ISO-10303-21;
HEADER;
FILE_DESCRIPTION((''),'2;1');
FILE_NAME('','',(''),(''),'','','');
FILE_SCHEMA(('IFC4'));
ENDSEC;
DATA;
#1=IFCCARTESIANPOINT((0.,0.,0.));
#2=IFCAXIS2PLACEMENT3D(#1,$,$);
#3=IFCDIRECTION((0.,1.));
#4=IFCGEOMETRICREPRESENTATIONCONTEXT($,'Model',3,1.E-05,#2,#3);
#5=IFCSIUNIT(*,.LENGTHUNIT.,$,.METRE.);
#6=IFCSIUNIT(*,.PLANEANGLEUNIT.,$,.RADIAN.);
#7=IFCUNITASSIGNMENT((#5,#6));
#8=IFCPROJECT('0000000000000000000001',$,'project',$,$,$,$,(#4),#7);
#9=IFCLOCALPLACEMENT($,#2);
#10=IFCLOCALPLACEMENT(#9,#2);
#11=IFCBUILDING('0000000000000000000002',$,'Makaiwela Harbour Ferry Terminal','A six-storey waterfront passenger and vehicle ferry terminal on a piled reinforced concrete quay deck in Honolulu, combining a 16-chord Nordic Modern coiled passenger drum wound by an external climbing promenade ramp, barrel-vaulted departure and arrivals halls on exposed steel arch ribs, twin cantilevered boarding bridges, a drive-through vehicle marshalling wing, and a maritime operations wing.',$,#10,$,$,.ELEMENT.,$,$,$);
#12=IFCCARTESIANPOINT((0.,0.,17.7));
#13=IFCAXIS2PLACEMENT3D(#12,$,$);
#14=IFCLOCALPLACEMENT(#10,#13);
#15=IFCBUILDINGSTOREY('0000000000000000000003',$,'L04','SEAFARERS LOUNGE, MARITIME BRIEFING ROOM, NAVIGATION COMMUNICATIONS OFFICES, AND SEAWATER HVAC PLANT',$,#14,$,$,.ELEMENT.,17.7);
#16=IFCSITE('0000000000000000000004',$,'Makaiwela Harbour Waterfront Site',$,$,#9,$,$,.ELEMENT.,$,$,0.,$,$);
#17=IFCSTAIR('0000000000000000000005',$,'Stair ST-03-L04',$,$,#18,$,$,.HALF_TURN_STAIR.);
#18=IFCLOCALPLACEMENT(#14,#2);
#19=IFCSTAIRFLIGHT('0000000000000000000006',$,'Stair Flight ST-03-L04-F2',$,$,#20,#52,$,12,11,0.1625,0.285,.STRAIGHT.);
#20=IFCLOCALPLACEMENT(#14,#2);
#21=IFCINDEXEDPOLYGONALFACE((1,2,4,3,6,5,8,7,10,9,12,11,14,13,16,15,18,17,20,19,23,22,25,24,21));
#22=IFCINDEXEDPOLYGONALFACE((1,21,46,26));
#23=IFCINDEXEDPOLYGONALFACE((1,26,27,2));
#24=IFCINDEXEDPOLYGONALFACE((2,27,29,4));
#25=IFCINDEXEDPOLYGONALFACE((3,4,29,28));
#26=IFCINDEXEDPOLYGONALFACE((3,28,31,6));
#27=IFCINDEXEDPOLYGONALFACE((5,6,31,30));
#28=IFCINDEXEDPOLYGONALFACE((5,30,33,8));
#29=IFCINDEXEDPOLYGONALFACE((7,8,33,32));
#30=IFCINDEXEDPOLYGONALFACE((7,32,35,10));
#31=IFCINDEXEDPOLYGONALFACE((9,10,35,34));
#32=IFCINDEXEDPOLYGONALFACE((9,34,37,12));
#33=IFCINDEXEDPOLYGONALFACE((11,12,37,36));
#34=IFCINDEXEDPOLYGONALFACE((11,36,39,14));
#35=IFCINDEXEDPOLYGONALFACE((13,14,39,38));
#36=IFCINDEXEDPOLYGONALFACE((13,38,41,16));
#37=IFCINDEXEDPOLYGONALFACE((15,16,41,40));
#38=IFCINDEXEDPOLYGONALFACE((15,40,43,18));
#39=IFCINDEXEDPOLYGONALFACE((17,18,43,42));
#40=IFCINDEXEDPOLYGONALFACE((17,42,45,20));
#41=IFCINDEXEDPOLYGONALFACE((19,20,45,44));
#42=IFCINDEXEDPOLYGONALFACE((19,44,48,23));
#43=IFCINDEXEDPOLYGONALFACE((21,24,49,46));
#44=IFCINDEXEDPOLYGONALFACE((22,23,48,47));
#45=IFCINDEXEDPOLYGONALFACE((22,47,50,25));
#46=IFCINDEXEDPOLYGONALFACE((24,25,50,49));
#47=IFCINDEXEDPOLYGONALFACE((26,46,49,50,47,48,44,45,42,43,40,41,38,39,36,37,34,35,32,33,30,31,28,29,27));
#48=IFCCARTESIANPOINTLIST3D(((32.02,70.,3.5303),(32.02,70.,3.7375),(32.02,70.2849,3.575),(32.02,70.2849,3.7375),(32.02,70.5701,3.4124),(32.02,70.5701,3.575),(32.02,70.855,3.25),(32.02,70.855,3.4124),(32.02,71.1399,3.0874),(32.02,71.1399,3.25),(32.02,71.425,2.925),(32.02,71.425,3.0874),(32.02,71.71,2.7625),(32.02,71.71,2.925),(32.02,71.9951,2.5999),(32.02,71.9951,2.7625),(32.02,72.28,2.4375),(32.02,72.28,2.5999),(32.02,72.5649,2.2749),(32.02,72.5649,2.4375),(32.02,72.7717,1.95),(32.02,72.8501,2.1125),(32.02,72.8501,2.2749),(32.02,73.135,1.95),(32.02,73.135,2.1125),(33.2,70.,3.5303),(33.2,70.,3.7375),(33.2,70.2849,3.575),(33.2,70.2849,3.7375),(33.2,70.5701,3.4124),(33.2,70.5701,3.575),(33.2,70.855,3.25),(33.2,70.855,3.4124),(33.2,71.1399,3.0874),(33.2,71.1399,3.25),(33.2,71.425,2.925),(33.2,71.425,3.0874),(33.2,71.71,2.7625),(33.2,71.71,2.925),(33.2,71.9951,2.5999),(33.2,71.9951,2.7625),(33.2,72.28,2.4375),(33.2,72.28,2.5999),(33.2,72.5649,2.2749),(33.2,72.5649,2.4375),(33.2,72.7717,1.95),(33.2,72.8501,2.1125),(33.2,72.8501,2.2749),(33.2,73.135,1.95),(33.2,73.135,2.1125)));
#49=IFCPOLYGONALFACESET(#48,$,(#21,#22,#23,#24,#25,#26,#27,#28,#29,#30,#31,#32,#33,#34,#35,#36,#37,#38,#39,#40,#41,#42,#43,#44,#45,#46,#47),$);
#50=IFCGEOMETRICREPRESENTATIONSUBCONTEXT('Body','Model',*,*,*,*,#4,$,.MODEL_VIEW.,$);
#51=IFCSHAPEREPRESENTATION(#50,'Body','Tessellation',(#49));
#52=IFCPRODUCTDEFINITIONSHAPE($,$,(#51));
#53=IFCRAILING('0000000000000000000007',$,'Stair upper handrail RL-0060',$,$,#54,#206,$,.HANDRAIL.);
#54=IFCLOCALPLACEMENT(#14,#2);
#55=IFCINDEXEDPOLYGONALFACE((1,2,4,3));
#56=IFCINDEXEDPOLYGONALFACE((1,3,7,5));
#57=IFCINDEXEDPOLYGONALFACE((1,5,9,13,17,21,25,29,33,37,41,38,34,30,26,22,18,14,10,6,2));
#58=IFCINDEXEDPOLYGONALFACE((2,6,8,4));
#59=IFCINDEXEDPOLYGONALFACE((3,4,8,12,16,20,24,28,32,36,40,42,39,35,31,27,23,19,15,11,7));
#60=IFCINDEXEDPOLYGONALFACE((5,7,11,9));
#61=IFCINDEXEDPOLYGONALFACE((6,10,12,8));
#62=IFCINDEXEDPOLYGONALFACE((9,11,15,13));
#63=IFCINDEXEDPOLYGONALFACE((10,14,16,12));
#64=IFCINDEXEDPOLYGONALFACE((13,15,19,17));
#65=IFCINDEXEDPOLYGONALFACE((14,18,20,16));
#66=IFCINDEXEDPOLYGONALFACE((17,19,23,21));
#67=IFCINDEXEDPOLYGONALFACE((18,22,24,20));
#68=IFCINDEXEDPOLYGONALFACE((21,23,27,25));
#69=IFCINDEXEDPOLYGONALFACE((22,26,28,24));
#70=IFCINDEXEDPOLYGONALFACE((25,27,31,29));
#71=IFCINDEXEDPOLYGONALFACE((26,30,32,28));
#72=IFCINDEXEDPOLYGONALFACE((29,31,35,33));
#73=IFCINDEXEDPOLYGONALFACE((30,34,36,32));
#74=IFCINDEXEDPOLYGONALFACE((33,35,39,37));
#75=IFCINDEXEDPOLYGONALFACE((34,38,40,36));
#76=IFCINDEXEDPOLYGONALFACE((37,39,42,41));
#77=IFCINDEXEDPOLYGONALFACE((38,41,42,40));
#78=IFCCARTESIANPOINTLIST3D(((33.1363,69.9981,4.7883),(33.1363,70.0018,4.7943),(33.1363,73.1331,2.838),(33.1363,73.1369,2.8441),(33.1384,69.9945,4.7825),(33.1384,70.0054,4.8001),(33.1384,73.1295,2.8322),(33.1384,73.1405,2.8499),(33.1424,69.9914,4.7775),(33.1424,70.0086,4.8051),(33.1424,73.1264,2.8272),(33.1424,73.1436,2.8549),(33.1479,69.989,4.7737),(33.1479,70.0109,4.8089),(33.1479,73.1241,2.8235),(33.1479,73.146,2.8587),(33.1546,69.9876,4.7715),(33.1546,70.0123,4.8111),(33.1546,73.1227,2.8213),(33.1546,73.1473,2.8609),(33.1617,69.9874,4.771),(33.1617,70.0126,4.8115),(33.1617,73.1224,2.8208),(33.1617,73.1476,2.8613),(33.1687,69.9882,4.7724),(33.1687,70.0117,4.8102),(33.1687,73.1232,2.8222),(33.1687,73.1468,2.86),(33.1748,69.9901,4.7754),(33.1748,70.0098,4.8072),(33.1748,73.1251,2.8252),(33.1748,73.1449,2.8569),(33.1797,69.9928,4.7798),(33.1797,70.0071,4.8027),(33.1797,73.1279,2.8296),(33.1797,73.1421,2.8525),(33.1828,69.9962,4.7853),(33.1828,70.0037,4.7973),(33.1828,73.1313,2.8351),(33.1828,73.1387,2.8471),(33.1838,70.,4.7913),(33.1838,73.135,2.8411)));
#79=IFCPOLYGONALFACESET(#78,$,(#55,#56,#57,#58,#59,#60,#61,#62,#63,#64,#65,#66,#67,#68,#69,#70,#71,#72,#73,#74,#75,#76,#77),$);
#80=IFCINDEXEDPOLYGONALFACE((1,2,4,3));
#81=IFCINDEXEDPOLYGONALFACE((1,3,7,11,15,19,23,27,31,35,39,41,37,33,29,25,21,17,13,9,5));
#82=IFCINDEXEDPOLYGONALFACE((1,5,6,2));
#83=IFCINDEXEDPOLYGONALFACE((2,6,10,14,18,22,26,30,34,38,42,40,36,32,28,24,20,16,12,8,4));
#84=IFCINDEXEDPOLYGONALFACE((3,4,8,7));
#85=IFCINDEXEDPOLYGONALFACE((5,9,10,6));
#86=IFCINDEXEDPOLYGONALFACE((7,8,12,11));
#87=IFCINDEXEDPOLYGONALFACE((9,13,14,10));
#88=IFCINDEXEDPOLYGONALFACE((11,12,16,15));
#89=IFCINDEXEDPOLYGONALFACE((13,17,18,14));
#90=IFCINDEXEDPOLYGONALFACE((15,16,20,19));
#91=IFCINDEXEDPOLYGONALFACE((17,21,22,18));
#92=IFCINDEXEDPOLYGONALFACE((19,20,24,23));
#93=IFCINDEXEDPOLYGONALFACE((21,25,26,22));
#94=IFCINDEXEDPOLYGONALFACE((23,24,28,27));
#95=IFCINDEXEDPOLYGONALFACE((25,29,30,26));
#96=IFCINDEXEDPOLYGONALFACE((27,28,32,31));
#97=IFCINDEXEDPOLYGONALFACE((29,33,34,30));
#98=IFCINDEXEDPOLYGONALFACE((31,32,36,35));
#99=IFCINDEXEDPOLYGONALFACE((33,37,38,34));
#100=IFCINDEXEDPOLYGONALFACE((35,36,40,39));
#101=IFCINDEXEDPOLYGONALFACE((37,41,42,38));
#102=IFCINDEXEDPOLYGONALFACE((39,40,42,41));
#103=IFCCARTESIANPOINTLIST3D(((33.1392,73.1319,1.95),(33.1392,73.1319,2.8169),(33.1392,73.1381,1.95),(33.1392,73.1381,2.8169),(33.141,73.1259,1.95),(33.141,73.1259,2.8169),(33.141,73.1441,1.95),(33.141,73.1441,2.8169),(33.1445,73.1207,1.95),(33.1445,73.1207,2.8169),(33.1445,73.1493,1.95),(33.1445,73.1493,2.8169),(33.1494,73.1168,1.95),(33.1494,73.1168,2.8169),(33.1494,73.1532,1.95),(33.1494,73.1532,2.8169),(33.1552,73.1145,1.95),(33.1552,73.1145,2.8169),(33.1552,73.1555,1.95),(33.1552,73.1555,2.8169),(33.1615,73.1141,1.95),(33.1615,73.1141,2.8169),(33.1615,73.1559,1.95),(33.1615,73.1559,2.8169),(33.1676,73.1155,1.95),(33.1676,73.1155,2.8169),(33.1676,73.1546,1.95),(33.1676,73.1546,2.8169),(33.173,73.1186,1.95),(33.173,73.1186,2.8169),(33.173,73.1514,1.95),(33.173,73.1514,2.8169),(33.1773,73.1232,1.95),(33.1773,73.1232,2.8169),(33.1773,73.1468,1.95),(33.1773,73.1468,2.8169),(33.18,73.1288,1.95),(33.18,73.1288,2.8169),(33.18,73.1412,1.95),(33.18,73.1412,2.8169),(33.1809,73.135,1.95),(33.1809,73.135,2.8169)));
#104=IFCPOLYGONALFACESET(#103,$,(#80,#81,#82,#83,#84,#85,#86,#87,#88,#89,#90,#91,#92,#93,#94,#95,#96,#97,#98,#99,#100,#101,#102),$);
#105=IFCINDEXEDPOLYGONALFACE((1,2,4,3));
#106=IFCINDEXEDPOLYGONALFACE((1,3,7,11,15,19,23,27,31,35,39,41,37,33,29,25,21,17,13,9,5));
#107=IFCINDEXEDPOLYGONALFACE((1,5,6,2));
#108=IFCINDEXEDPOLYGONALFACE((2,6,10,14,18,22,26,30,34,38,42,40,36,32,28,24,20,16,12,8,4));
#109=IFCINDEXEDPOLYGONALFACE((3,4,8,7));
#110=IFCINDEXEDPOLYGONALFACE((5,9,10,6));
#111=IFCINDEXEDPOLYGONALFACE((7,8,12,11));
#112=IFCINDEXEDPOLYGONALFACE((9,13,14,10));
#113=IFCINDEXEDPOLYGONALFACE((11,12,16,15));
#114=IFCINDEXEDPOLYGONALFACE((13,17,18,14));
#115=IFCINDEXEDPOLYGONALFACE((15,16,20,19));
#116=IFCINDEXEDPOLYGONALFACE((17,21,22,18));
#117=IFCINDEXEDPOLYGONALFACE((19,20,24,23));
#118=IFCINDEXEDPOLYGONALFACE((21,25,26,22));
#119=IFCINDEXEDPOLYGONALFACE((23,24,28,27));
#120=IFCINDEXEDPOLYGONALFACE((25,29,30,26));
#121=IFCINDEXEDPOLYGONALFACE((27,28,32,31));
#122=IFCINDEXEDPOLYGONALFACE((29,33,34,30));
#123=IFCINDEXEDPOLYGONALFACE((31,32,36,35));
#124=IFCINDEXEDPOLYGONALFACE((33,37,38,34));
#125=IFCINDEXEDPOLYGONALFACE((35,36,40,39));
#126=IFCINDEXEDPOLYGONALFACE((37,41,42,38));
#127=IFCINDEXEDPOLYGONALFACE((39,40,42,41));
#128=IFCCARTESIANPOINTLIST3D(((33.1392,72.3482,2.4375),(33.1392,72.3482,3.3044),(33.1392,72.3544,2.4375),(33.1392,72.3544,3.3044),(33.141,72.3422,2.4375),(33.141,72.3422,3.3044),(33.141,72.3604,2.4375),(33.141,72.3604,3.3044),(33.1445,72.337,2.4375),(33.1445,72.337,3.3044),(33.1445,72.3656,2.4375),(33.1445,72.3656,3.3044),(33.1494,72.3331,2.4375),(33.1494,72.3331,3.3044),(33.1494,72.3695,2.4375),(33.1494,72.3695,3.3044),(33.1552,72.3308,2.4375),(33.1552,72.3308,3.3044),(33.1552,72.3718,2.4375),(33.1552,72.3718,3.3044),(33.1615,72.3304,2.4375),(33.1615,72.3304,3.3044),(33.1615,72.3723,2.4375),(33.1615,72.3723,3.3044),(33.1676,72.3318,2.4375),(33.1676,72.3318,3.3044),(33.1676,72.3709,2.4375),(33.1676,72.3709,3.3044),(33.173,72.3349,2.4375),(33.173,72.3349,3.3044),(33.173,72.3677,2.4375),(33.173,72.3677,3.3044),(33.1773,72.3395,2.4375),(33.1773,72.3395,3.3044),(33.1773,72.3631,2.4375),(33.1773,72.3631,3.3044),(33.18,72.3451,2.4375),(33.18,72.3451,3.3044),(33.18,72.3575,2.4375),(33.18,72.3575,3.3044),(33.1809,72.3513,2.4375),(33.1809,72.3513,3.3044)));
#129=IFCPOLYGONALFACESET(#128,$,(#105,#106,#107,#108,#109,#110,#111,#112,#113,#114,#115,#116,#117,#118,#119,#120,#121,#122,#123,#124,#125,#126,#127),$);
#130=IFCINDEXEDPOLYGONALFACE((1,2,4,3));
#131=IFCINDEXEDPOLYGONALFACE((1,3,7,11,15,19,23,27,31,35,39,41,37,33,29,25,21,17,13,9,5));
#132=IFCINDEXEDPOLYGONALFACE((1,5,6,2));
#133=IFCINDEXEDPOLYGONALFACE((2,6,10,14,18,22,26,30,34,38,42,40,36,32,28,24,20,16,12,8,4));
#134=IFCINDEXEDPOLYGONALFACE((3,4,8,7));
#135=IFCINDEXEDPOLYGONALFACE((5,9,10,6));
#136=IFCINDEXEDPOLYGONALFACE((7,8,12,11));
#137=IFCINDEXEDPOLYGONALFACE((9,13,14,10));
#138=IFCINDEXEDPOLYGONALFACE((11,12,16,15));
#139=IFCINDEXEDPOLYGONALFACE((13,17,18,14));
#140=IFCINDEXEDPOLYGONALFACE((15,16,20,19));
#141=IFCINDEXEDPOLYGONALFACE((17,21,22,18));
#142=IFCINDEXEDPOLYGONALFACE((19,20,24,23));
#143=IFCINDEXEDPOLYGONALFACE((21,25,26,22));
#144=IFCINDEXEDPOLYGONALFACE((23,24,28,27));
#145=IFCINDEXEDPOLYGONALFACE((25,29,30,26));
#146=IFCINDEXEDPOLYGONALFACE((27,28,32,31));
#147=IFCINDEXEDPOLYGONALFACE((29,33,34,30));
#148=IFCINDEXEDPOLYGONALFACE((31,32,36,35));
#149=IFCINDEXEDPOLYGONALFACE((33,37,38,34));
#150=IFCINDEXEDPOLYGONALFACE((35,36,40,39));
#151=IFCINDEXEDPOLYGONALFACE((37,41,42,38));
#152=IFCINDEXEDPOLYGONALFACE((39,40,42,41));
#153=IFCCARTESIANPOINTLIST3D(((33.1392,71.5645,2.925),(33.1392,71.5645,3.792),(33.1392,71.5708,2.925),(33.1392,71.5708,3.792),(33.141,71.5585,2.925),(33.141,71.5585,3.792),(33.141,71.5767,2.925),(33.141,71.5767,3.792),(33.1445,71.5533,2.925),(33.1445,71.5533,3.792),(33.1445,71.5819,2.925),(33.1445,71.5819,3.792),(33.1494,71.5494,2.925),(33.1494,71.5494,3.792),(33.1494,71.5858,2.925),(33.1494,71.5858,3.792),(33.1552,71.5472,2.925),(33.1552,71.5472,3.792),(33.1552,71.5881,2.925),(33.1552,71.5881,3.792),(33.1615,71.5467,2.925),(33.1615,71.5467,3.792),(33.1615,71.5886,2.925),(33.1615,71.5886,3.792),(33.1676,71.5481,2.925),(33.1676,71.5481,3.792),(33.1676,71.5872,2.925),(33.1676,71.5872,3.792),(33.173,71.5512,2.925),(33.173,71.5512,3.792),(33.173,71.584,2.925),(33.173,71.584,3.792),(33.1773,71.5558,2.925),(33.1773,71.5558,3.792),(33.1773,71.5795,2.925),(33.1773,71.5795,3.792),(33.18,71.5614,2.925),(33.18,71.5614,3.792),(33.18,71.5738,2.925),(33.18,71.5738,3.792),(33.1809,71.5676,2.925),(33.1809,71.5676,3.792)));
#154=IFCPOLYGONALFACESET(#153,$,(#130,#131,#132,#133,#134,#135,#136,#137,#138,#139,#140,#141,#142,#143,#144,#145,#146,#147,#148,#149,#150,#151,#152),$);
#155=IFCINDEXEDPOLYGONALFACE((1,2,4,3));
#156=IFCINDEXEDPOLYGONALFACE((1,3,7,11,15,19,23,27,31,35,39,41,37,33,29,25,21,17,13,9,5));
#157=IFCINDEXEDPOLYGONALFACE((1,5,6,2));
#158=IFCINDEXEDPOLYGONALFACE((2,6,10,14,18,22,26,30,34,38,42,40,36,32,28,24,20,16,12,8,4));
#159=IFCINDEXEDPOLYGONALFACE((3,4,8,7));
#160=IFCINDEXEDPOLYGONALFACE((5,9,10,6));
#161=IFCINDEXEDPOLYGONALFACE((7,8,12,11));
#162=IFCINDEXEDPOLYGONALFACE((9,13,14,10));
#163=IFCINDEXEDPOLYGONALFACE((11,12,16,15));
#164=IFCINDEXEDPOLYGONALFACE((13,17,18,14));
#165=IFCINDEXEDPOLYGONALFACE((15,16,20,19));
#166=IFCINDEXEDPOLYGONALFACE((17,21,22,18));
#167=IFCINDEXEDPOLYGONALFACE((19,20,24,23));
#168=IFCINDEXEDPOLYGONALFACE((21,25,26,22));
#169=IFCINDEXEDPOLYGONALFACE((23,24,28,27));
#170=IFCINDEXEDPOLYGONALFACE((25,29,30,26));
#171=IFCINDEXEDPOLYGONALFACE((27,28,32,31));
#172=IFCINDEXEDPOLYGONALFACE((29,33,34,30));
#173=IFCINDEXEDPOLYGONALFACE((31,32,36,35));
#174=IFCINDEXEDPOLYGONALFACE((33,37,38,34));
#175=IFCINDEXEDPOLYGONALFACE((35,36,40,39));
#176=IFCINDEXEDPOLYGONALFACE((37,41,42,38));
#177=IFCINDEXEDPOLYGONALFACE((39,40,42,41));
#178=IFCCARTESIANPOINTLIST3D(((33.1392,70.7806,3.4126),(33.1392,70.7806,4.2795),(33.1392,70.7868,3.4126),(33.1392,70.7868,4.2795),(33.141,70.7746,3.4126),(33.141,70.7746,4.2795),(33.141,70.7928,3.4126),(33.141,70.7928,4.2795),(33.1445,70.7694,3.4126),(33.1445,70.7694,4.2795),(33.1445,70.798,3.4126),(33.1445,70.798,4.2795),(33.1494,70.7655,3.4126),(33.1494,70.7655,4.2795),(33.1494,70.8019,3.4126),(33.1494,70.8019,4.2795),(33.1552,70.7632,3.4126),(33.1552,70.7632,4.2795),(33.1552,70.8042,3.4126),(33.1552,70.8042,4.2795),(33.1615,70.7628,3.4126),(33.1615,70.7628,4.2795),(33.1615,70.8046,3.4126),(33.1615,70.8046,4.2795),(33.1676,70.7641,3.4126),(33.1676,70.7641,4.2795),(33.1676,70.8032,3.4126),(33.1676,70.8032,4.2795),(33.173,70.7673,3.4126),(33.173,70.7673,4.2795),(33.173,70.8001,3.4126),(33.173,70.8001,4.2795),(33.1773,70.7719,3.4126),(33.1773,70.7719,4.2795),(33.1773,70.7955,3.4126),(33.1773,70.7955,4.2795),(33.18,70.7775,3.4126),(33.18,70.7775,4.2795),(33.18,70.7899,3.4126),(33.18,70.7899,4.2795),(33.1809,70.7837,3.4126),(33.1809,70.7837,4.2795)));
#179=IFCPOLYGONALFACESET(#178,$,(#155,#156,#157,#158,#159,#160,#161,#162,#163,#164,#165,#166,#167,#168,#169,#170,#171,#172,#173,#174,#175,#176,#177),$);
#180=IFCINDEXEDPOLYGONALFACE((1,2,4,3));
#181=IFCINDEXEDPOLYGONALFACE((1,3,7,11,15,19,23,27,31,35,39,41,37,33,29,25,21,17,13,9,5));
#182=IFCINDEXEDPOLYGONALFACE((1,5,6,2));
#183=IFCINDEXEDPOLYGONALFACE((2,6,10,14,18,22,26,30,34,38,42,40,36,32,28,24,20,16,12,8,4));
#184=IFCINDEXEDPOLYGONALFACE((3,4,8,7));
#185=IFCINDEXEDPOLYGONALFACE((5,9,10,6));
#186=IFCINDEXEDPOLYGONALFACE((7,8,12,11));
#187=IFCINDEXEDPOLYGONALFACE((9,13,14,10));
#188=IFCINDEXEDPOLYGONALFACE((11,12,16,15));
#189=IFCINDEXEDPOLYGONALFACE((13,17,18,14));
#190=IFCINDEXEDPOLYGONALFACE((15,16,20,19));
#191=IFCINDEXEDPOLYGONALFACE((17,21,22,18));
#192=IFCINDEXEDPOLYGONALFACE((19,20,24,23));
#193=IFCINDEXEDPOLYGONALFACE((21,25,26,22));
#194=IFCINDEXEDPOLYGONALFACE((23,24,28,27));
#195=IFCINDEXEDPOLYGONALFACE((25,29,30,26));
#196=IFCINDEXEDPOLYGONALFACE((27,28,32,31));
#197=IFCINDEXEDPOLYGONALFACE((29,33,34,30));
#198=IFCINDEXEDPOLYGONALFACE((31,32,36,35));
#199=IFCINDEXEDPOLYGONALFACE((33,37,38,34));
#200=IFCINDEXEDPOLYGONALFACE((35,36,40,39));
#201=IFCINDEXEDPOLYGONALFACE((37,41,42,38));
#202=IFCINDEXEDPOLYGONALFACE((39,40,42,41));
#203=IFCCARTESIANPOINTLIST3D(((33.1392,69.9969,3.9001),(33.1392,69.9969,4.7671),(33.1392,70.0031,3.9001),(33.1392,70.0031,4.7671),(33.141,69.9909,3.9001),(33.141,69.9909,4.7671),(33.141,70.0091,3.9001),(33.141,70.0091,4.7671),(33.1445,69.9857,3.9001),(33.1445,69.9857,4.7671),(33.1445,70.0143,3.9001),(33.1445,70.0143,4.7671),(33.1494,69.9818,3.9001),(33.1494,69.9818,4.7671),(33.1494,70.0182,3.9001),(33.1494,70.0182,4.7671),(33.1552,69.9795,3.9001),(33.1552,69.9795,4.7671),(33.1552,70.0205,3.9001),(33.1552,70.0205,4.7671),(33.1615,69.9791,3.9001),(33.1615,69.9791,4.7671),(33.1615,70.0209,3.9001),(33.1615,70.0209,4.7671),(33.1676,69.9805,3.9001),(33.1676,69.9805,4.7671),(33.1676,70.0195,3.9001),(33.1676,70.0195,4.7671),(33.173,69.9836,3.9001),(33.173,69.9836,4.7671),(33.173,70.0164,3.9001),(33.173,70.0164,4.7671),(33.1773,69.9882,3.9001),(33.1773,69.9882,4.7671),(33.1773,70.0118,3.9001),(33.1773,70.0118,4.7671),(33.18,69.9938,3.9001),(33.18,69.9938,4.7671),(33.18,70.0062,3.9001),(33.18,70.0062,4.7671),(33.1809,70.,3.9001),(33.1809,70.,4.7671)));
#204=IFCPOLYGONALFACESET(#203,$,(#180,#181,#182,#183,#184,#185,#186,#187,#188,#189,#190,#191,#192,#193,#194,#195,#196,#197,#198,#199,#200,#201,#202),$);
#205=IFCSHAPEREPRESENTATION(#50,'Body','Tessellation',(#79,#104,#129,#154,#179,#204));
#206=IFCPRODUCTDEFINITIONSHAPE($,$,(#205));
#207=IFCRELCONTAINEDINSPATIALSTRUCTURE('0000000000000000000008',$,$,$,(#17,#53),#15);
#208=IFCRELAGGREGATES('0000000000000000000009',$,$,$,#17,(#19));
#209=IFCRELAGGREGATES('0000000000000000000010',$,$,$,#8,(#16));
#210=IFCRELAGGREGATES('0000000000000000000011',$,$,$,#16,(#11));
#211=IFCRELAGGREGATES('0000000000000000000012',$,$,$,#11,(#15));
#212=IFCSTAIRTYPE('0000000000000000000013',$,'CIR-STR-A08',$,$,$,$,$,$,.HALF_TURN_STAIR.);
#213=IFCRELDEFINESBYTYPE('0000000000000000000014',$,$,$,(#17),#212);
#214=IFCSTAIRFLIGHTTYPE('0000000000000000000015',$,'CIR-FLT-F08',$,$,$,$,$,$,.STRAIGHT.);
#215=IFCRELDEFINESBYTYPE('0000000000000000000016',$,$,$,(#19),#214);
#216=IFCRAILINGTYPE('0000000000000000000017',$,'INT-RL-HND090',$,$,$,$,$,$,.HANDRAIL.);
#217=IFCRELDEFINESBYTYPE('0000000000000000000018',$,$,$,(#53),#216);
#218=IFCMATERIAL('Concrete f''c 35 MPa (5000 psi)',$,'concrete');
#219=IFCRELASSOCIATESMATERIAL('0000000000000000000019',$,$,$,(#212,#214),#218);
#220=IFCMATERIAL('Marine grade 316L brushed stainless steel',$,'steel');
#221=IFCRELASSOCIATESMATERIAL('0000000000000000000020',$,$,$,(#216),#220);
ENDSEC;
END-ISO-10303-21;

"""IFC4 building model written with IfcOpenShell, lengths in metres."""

from ifc_helpers import new_model, si_unit, direction, frame, origin, origin_2d, place, context, subcontext, project, spatial, polyline, circle, outline, extrude, material, type_object, element, aggregate, save


model = new_model("IFC4")

# Units and contexts
model_context = context("Model", 3, precision=1e-05, world=origin(), true_north=direction((0.0, 1.0)))
body_context = subcontext(model_context, "Body", "Model", "MODEL_VIEW")
ifc_project = project(units=[si_unit("LENGTHUNIT", "METRE"), si_unit("PLANEANGLEUNIT", "RADIAN")], contexts=[model_context])

# Site, building, storey
site_placement = place(None, origin())
site = spatial("IfcSite", under=ifc_project, at=site_placement, Name="Makaiwela Harbour Waterfront Site", CompositionType="ELEMENT", RefElevation=0.0)
building_placement = place(site_placement, origin())
building = spatial("IfcBuilding", under=site, at=building_placement, Name="Makaiwela Harbour Ferry Terminal", Description="A six-storey waterfront passenger and vehicle ferry terminal on a piled reinforced concrete quay deck in Honolulu, combining a 16-chord Nordic Modern coiled passenger drum wound by an external climbing promenade ramp, barrel-vaulted departure and arrivals halls on exposed steel arch ribs, twin cantilevered boarding bridges, a drive-through vehicle marshalling wing, and a maritime operations wing.", CompositionType="ELEMENT")
storey_placement = place(building_placement, frame((0.0, 0.0, 17.7)))
storey = spatial("IfcBuildingStorey", under=building, at=storey_placement, Name="L04", Description="SEAFARERS LOUNGE, MARITIME BRIEFING ROOM, NAVIGATION COMMUNICATIONS OFFICES, AND SEAWATER HVAC PLANT", CompositionType="ELEMENT", Elevation=17.7)

# Shared definitions
ifc_material_1 = material(Name="Marine grade 316L brushed stainless steel", Category="steel")

# Stair, stair flight
ifc_material_2 = material(Name="Concrete f'c 35 MPa (5000 psi)", Category="concrete")
stair_type = type_object("IfcStairType", Name="CIR-STR-A08", PredefinedType="HALF_TURN_STAIR", material=ifc_material_2)
stair_placement = place(storey_placement, origin())
stair = element("IfcStair", 1, at=stair_placement, inside=storey, type_object=stair_type, Name="Stair ST-03-L04", PredefinedType="HALF_TURN_STAIR")
stair_flight_type = type_object("IfcStairFlightType", Name="CIR-FLT-F08", PredefinedType="STRAIGHT", material=ifc_material_2)
stair_flight_placement = place(storey_placement, frame((32.6101, 73.135, 1.95), z_axis=(0.0, 0.0, 1.0), x_axis=(0.0, -1.0, 0.0)))
stair_flight = element("IfcStairFlight", 2, at=stair_flight_placement, type_object=stair_flight_type, Name="Stair Flight ST-03-L04-F2", NumberOfRisers=12, NumberOfTreads=11, PredefinedType="STRAIGHT", RiserHeight=0.1625, TreadLength=0.285, context=body_context, shape_type="SweptSolid", body=[
    extrude(outline(polyline([(0.0, 0.0), (0.0, 0.1626), (0.2849, 0.1626), (0.2849, 0.325), (0.5701, 0.325), (0.5701, 0.4875), (0.855, 0.4875), (0.855, 0.6499), (1.1399, 0.6499), (1.1399, 0.8125), (1.425, 0.8125), (1.425, 0.9751), (1.71, 0.9751), (1.71, 1.1375), (1.9951, 1.1375), (1.9951, 1.3), (2.28, 1.3), (2.28, 1.4624), (2.5649, 1.4624), (2.5649, 1.625), (2.8501, 1.625), (2.8501, 1.7876), (3.135, 1.7876), (3.135, 1.95), (3.135, 1.5803), (0.3633, 0.0), (0.0, 0.0)])), frame((0.0, 0.5898, 0.0), z_axis=(0.0, -1.0, 0.0), x_axis=(1.0, 0.0, 0.0)), (0.0, 0.0, 1.0), 1.1799),
])
aggregate(stair, [stair_flight])

# Railing
railing_type = type_object("IfcRailingType", Name="INT-RL-HND090", PredefinedType="HANDRAIL", material=ifc_material_1)
railing_placement = place(storey_placement, frame((33.1599, 73.135, 1.95)))
element("IfcRailing", 3, at=railing_placement, inside=storey, type_object=railing_type, Name="Stair upper handrail RL-0060", PredefinedType="HANDRAIL", context=body_context, shape_type="SweptSolid", body=[
    extrude(circle(Radius=0.0239, at=origin_2d()), frame((0.0, 0.0, 0.8911), z_axis=(0.0, -0.849115, 0.528209), x_axis=(1.0, 0.0, 0.0)), (0.0, 0.0, 1.0), 3.6921),
    extrude(circle(Radius=0.021, at=origin_2d()), origin(), (0.0, 0.0, 1.0), 0.8669),
    extrude(circle(Radius=0.021, at=origin_2d()), frame((0.0, -0.7837, 0.4875)), (0.0, 0.0, 1.0), 0.8669),
    extrude(circle(Radius=0.021, at=origin_2d()), frame((0.0, -1.5674, 0.9751)), (0.0, 0.0, 1.0), 0.8669),
    extrude(circle(Radius=0.021, at=origin_2d()), frame((0.0, -2.3513, 1.4626)), (0.0, 0.0, 1.0), 0.8669),
    extrude(circle(Radius=0.021, at=origin_2d()), frame((0.0, -3.135, 1.9502)), (0.0, 0.0, 1.0), 0.8669),
])

save(model, "model.ifc")
